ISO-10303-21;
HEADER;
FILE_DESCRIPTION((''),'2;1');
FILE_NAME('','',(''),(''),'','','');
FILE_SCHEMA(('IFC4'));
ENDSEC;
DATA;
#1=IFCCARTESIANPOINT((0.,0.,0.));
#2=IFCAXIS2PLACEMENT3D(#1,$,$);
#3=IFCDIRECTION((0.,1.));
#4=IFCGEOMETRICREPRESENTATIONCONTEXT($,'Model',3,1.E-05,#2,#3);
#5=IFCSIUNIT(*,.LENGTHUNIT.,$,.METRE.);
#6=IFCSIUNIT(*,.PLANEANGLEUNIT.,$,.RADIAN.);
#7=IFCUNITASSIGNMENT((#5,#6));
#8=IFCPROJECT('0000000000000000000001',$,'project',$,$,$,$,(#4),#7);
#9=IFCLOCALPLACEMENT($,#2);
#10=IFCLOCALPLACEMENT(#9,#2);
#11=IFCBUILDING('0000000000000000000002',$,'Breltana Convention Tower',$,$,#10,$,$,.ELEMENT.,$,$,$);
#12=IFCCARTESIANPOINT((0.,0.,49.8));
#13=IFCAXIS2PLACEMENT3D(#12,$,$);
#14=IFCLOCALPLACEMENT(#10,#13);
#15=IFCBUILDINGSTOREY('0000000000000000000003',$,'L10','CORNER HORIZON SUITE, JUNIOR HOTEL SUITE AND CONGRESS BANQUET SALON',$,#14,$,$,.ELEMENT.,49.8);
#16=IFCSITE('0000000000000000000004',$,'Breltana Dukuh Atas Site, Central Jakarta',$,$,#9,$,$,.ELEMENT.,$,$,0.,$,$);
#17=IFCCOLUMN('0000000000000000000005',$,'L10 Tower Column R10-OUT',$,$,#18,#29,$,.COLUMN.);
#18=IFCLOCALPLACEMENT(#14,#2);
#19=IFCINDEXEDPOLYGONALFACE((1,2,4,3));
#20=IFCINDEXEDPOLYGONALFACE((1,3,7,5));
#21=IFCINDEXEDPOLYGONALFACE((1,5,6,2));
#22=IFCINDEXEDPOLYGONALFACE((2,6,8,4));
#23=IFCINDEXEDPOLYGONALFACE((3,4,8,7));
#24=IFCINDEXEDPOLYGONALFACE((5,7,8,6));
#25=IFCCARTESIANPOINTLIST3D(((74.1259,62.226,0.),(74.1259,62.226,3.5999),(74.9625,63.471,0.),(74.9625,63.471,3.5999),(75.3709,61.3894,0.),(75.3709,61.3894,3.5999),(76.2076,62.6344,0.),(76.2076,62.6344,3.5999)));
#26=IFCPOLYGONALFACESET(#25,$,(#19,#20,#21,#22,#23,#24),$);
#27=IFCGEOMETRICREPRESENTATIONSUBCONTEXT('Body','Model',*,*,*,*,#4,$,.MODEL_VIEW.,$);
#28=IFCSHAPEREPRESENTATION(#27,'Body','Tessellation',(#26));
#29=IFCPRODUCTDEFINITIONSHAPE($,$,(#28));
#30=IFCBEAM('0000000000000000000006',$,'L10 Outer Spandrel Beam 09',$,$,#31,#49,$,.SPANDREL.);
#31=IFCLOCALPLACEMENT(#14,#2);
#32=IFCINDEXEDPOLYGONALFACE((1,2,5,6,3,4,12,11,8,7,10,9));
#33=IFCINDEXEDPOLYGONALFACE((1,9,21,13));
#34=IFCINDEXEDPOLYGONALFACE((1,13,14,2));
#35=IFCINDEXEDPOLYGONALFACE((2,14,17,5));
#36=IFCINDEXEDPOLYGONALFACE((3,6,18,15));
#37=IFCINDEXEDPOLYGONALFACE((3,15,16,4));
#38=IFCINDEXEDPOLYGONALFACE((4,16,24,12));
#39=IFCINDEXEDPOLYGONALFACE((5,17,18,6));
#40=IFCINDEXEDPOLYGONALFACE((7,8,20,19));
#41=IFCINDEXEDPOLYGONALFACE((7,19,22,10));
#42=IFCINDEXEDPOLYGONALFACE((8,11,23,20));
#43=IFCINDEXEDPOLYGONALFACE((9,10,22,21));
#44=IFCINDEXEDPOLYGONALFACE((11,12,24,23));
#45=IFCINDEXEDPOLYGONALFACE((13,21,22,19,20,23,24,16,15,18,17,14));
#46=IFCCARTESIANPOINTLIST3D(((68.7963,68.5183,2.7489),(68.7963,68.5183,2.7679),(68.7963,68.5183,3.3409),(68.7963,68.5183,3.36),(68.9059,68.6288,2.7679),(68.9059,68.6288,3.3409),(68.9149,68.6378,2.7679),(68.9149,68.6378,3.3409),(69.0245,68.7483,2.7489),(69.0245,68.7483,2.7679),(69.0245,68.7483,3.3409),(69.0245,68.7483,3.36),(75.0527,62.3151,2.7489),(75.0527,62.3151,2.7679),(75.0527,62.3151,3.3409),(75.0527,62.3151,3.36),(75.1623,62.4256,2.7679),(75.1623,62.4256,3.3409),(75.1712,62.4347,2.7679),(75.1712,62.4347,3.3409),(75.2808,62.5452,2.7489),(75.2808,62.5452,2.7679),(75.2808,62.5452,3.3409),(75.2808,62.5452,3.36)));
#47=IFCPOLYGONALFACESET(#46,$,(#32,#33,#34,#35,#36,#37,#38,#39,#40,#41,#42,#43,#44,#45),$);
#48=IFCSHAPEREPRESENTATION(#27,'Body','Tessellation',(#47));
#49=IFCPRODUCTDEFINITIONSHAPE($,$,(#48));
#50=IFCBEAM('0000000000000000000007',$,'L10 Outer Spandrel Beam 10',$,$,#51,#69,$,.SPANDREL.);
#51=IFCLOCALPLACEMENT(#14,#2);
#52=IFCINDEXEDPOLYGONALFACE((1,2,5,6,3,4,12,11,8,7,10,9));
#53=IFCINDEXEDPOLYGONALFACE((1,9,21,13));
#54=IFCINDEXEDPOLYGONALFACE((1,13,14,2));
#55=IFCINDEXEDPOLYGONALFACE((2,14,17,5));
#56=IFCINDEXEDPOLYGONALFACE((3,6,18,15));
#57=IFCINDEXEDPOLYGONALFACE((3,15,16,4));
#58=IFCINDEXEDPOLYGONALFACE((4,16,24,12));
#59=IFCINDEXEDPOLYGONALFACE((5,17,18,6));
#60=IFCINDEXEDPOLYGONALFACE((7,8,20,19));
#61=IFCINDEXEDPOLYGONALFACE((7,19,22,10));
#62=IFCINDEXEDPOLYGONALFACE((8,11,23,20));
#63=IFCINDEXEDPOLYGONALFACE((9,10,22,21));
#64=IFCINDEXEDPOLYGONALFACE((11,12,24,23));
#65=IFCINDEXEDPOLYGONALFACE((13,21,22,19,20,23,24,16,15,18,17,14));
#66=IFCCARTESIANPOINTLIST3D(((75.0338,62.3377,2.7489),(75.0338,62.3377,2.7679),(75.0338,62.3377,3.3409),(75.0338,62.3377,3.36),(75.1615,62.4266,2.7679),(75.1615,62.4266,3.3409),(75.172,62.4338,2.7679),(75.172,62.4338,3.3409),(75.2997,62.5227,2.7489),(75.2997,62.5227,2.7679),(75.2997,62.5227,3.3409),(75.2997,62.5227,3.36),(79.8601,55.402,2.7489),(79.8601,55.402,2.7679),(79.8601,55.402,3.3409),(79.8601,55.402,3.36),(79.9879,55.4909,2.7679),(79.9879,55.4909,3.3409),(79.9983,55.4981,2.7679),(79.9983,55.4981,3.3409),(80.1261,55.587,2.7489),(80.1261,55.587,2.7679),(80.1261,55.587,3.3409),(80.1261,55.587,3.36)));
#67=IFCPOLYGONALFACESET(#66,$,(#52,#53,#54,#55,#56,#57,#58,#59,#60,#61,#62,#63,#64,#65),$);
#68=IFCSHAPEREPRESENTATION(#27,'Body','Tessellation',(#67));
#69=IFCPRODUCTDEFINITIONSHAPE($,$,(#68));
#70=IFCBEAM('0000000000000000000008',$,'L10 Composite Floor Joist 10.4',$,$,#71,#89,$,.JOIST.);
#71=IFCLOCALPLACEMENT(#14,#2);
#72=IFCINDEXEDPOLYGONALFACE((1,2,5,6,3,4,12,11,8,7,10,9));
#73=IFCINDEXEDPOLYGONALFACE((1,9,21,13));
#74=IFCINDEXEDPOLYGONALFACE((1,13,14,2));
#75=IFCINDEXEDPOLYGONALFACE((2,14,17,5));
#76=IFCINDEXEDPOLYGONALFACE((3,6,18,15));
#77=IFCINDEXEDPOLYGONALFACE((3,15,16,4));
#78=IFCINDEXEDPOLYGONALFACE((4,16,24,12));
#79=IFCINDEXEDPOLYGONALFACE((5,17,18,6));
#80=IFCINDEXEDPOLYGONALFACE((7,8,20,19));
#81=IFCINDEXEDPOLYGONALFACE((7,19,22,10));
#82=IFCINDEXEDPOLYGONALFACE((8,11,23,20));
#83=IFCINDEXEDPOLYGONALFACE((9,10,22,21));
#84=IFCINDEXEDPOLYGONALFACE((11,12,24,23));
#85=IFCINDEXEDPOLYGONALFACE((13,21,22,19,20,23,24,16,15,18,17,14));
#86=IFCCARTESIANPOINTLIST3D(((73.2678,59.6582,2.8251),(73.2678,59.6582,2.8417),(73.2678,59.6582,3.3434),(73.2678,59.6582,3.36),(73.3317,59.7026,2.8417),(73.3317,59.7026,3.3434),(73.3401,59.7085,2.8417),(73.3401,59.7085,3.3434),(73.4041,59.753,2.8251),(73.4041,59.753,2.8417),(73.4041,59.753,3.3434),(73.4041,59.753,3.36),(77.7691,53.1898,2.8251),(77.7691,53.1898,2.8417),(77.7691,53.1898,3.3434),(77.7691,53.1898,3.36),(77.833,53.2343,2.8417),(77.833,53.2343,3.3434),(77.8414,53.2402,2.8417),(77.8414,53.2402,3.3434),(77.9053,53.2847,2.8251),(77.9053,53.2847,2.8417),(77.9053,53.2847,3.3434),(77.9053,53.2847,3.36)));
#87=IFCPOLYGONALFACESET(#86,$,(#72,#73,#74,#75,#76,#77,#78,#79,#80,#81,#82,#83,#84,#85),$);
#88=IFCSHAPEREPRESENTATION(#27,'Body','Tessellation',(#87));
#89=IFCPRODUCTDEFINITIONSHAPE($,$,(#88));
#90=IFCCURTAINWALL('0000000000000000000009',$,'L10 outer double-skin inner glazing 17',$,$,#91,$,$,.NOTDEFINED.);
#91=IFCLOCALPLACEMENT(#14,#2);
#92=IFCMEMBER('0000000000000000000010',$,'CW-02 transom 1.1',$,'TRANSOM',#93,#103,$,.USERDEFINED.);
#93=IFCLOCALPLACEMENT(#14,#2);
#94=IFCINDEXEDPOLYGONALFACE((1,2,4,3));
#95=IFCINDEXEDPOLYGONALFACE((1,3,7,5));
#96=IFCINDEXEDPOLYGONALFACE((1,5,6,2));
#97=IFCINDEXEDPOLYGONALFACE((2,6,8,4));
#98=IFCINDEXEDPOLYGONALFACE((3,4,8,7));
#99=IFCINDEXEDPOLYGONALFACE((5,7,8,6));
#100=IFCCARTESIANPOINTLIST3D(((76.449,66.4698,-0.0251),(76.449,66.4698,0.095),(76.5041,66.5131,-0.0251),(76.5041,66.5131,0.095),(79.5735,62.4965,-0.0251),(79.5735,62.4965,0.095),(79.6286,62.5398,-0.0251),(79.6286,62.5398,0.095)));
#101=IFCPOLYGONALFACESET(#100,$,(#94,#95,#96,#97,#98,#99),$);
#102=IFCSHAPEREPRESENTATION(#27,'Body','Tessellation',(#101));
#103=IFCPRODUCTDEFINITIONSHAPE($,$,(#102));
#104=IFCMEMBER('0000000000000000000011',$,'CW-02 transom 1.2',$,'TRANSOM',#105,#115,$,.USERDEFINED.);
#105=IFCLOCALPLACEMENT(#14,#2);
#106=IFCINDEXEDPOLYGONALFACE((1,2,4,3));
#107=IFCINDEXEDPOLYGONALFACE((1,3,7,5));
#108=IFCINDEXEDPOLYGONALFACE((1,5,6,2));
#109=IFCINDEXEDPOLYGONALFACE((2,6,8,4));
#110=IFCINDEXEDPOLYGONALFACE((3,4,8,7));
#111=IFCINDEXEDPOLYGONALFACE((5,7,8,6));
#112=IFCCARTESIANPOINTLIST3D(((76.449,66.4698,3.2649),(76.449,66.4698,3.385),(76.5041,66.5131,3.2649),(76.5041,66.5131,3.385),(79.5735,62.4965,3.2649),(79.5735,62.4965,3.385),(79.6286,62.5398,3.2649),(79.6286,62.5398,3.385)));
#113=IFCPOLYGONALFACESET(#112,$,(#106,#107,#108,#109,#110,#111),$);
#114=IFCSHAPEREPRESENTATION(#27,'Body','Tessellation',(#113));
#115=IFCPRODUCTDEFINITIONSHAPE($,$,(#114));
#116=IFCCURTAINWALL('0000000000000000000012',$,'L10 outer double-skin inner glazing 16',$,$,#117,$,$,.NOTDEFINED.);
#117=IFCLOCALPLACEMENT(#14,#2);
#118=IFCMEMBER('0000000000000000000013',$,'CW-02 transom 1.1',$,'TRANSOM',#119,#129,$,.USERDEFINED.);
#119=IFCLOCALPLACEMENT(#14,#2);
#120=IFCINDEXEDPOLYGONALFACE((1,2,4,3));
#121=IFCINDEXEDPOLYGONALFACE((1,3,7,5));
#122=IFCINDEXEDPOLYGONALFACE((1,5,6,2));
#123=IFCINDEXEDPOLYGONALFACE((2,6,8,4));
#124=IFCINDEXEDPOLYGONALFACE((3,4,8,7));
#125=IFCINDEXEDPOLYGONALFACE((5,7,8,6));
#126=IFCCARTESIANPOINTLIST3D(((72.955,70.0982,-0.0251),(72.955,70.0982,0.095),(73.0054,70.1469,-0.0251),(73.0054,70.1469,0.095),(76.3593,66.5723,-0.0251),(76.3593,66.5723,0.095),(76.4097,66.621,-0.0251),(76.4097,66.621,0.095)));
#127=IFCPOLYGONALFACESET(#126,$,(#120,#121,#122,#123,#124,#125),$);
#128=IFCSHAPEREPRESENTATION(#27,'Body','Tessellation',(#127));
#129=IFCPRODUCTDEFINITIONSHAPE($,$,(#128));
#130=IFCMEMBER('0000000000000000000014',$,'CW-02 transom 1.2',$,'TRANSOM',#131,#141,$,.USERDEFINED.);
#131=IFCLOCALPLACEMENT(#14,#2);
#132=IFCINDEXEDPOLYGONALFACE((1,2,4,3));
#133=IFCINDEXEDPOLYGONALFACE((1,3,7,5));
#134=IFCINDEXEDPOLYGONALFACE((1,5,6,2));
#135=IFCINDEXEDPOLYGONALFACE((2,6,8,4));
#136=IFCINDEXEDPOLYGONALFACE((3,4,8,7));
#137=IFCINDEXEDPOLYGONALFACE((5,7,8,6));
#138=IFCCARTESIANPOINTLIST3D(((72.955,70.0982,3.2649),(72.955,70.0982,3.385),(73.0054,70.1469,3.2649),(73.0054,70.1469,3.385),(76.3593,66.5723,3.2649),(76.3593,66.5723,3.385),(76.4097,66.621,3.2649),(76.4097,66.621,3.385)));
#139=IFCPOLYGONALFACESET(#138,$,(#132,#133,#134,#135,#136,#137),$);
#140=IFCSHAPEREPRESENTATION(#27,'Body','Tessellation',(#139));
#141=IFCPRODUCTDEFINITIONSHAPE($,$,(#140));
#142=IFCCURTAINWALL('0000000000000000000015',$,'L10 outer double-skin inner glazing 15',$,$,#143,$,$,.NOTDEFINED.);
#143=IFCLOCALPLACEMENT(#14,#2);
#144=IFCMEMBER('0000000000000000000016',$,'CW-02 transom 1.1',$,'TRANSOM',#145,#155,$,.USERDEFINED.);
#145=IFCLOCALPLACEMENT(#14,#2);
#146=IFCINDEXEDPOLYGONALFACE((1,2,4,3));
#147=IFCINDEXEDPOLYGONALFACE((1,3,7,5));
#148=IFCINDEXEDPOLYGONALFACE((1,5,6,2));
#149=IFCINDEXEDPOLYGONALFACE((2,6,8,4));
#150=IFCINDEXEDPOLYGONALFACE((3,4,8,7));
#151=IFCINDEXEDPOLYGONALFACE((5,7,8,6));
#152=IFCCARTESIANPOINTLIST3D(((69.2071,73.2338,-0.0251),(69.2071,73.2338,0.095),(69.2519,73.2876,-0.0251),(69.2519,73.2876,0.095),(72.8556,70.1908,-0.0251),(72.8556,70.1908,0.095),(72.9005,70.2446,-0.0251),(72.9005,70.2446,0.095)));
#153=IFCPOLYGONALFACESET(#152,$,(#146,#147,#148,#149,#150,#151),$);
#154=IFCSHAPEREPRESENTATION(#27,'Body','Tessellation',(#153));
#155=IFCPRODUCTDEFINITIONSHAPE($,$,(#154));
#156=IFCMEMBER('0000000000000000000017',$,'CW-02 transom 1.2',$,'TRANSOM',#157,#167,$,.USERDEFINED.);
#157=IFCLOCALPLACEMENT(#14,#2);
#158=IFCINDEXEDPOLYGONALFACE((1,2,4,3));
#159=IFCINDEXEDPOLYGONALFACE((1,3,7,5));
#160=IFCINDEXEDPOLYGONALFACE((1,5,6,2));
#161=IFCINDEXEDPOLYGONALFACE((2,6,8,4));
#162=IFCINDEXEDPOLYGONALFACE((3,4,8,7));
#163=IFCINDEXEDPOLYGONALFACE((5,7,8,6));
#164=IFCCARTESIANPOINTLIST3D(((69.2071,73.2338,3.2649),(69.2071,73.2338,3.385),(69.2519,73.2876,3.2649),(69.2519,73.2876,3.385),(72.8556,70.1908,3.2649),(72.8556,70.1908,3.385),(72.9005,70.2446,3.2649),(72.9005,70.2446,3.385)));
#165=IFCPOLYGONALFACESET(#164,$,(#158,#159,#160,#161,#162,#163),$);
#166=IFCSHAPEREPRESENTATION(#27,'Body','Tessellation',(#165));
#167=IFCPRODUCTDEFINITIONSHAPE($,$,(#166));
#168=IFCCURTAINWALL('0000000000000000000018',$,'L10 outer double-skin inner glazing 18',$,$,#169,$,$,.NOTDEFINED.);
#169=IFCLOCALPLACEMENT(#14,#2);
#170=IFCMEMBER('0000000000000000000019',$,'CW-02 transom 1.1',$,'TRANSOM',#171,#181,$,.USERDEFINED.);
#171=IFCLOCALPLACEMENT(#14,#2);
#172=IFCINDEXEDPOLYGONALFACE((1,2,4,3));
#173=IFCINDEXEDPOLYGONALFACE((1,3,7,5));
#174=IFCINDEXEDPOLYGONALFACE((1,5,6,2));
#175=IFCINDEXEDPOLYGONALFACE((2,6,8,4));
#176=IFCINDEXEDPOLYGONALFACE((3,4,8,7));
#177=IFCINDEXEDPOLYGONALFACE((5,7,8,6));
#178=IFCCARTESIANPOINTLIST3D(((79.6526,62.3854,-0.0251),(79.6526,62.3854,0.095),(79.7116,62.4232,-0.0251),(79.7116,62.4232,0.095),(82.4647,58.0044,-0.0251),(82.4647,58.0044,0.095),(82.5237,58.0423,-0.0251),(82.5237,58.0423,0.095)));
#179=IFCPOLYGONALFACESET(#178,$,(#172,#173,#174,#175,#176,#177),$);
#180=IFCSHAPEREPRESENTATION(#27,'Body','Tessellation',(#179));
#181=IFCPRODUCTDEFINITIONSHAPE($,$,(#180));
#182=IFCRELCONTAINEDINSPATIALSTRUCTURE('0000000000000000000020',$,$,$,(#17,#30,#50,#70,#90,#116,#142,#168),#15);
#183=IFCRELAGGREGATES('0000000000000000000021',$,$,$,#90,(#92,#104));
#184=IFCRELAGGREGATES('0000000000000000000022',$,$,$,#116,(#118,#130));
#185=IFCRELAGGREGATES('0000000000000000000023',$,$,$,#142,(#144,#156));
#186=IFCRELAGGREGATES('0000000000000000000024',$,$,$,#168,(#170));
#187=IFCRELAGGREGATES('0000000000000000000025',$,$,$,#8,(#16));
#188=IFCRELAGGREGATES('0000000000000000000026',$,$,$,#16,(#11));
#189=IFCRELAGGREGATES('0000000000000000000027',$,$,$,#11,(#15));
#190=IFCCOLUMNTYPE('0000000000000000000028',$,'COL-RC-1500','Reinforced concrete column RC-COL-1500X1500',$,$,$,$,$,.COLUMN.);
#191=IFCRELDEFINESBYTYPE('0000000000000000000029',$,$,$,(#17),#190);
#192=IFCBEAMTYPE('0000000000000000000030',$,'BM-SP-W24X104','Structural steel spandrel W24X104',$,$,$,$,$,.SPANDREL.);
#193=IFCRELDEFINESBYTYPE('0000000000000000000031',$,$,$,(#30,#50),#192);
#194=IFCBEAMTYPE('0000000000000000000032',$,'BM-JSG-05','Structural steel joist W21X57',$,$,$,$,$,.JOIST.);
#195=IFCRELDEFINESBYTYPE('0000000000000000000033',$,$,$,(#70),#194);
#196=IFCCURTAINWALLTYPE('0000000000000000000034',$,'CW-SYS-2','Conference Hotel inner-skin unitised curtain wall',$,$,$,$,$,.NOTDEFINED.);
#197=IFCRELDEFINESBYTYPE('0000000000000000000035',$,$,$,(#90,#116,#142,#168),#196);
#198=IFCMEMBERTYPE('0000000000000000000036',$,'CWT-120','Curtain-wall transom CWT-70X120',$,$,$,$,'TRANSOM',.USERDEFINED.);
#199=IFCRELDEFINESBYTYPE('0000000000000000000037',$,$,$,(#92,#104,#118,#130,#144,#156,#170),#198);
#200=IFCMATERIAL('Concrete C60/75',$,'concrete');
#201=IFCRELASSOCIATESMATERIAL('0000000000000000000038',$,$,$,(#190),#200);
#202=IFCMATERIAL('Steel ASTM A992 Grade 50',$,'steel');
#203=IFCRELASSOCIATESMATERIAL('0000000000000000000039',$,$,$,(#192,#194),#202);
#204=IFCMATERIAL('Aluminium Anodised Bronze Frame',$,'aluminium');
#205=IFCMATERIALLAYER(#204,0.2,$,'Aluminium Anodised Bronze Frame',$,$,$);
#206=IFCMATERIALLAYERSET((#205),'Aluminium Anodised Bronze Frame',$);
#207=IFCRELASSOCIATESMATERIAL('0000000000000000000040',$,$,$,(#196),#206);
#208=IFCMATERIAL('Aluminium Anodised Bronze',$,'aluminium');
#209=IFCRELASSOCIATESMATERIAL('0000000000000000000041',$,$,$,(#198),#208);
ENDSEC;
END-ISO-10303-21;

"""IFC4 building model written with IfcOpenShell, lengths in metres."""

from ifc_helpers import new_model, si_unit, direction, frame, origin, origin_2d, place, context, subcontext, project, spatial, rectangle, i_section, extrude, source, transform, mapped, material, layer, layer_set, material_profile, profile_set, type_object, element, aggregate, save


model = new_model("IFC4")

# Units and contexts
model_context = context("Model", 3, precision=1e-05, world=origin(), true_north=direction((0.0, 1.0)))
body_context = subcontext(model_context, "Body", "Model", "MODEL_VIEW")
ifc_project = project(units=[si_unit("LENGTHUNIT", "METRE"), si_unit("PLANEANGLEUNIT", "RADIAN")], contexts=[model_context])

# Site, building, storey
site_placement = place(None, origin())
site = spatial("IfcSite", under=ifc_project, at=site_placement, Name="Breltana Dukuh Atas Site, Central Jakarta", CompositionType="ELEMENT", RefElevation=0.0)
building_placement = place(site_placement, origin())
building = spatial("IfcBuilding", under=site, at=building_placement, Name="Breltana Convention Tower", CompositionType="ELEMENT")
storey_placement = place(building_placement, frame((0.0, 0.0, 49.8)))
storey = spatial("IfcBuildingStorey", under=building, at=storey_placement, Name="L10", Description="CORNER HORIZON SUITE, JUNIOR HOTEL SUITE AND CONGRESS BANQUET SALON", CompositionType="ELEMENT", Elevation=49.8)

# Column
ifc_material_1 = material(Name="Concrete C60/75", Category="concrete")
ifc_material_profile_1 = material_profile(ifc_material_1, rectangle(XDim=1.5, YDim=1.5, at=origin_2d()), Name="RC-COL-1500X1500")
ifc_profile_set_1 = profile_set([ifc_material_profile_1], Name="Concrete C60/75")
column_type = type_object("IfcColumnType", Name="COL-RC-1500", Description="Reinforced concrete column RC-COL-1500X1500", PredefinedType="COLUMN", material=ifc_profile_set_1)
shared_shape_1 = source(origin(), body_context, "Body", "SweptSolid", [
    extrude(rectangle(XDim=1.5, YDim=1.5, at=origin_2d()), origin(), (0.0, 0.0, 1.0), 3.5999),
])
column_placement = place(storey_placement, frame((75.1667, 62.4302, 0.0), z_axis=(0.0, 0.0, 1.0), x_axis=(0.557745, 0.830012, 0.0)))
element("IfcColumn", 1, at=column_placement, inside=storey, type_object=column_type, Name="L10 Tower Column R10-OUT", PredefinedType="COLUMN", context=body_context, shape_type="MappedRepresentation", body=[
    mapped(shared_shape_1, transform((0.0, 0.0, 0.0), scale=1.0)),
])

# Beams
ifc_material_2 = material(Name="Steel ASTM A992 Grade 50", Category="steel")
ifc_material_profile_2 = material_profile(ifc_material_2, i_section(OverallWidth=0.324, OverallDepth=0.6111, WebThickness=0.0127, FlangeThickness=0.019, at=origin_2d()), Name="W24X104")
ifc_profile_set_2 = profile_set([ifc_material_profile_2], Name="Steel ASTM A992 Grade 50")
beam_type_1 = type_object("IfcBeamType", Name="BM-SP-W24X104", Description="Structural steel spandrel W24X104", PredefinedType="SPANDREL", material=ifc_profile_set_2)
shared_shape_2 = source(origin(), body_context, "Body", "SweptSolid", [
    extrude(i_section(OverallWidth=0.324, OverallDepth=0.6111, WebThickness=0.0127, FlangeThickness=0.019, at=origin_2d()), origin(), (0.0, 0.0, 1.0), 8.8103),
])
beam_1_placement = place(storey_placement, frame((68.9104, 68.6333, 3.0544), z_axis=(0.710121, -0.70408, 0.0), x_axis=(0.70408, 0.710121, 0.0)))
element("IfcBeam", 2, at=beam_1_placement, inside=storey, type_object=beam_type_1, Name="L10 Outer Spandrel Beam 09", PredefinedType="SPANDREL", context=body_context, shape_type="MappedRepresentation", body=[
    mapped(shared_shape_2, transform((0.0, 0.0, 0.0), scale=1.0)),
])
shared_shape_3 = source(origin(), body_context, "Body", "SweptSolid", [
    extrude(i_section(OverallWidth=0.324, OverallDepth=0.6111, WebThickness=0.0127, FlangeThickness=0.019, at=origin_2d()), origin(), (0.0, 0.0, 1.0), 8.4497),
])
beam_2_placement = place(storey_placement, frame((75.1667, 62.4302, 3.0544), z_axis=(0.571186, -0.820821, 0.0), x_axis=(0.820821, 0.571186, 0.0)))
element("IfcBeam", 3, at=beam_2_placement, inside=storey, type_object=beam_type_1, Name="L10 Outer Spandrel Beam 10", PredefinedType="SPANDREL", context=body_context, shape_type="MappedRepresentation", body=[
    mapped(shared_shape_3, transform((0.0, 0.0, 0.0), scale=1.0)),
])
ifc_material_profile_3 = material_profile(ifc_material_2, i_section(OverallWidth=0.166, OverallDepth=0.5349, WebThickness=0.0103, FlangeThickness=0.0166, at=origin_2d()), Name="W21X57")
ifc_profile_set_3 = profile_set([ifc_material_profile_3], Name="Steel ASTM A992 Grade 50")
beam_type_2 = type_object("IfcBeamType", Name="BM-JSG-05", Description="Structural steel joist W21X57", PredefinedType="JOIST", material=ifc_profile_set_3)
shared_shape_4 = source(origin(), body_context, "Body", "SweptSolid", [
    extrude(i_section(OverallWidth=0.166, OverallDepth=0.5349, WebThickness=0.0103, FlangeThickness=0.0166, at=origin_2d()), origin(), (0.0, 0.0, 1.0), 7.8804),
])
beam_3_placement = place(storey_placement, frame((73.3359, 59.7056, 3.0925), z_axis=(0.571198, -0.820812, 0.0), x_axis=(0.820812, 0.571198, 0.0)))
element("IfcBeam", 4, at=beam_3_placement, inside=storey, type_object=beam_type_2, Name="L10 Composite Floor Joist 10.4", PredefinedType="JOIST", context=body_context, shape_type="MappedRepresentation", body=[
    mapped(shared_shape_4, transform((0.0, 0.0, 0.0), scale=1.0)),
])

# Curtain walls, members
ifc_material_3 = material(Name="Aluminium Anodised Bronze Frame", Category="aluminium")
ifc_layer_1 = layer(ifc_material_3, 0.2, Name="Aluminium Anodised Bronze Frame")
ifc_layer_set_1 = layer_set([ifc_layer_1], Name="Aluminium Anodised Bronze Frame")
curtain_wall_type = type_object("IfcCurtainWallType", Name="CW-SYS-2", Description="Conference Hotel inner-skin unitised curtain wall", PredefinedType="NOTDEFINED", material=ifc_layer_set_1)
curtain_wall_1_placement = place(storey_placement, origin())
curtain_wall_1 = element("IfcCurtainWall", 5, at=curtain_wall_1_placement, inside=storey, type_object=curtain_wall_type, Name="L10 outer double-skin inner glazing 17", PredefinedType="NOTDEFINED")
ifc_material_4 = material(Name="Aluminium Anodised Bronze", Category="aluminium")
ifc_material_profile_4 = material_profile(ifc_material_4, rectangle(XDim=0.0701, YDim=0.1201, at=origin_2d()), Name="CWT-70X120")
ifc_profile_set_4 = profile_set([ifc_material_profile_4], Name="Aluminium Anodised Bronze")
member_type_1 = type_object("IfcMemberType", Name="CWT-120", Description="Curtain-wall transom CWT-70X120", ElementType="TRANSOM", PredefinedType="USERDEFINED", material=ifc_profile_set_4)
shared_shape_5 = source(origin(), body_context, "Body", "SweptSolid", [
    extrude(rectangle(XDim=0.0701, YDim=0.1201, at=origin_2d()), origin(), (0.0, 0.0, 1.0), 5.0547),
])
member_1_placement = place(storey_placement, frame((76.4766, 66.4915, 0.0349), z_axis=(0.618135, -0.786072, 0.0), x_axis=(0.786072, 0.618135, 0.0)))
member_1 = element("IfcMember", 6, at=member_1_placement, type_object=member_type_1, Name="CW-02 transom 1.1", ObjectType="TRANSOM", PredefinedType="USERDEFINED", context=body_context, shape_type="MappedRepresentation", body=[
    mapped(shared_shape_5, transform((0.0, 0.0, 0.0), scale=1.0)),
])
member_2_placement = place(storey_placement, frame((76.4766, 66.4915, 3.325), z_axis=(0.618135, -0.786072, 0.0), x_axis=(0.786072, 0.618135, 0.0)))
member_2 = element("IfcMember", 7, at=member_2_placement, type_object=member_type_1, Name="CW-02 transom 1.2", ObjectType="TRANSOM", PredefinedType="USERDEFINED", context=body_context, shape_type="MappedRepresentation", body=[
    mapped(shared_shape_5, transform((0.0, 0.0, 0.0), scale=1.0)),
])
curtain_wall_2_placement = place(storey_placement, origin())
curtain_wall_2 = element("IfcCurtainWall", 8, at=curtain_wall_2_placement, inside=storey, type_object=curtain_wall_type, Name="L10 outer double-skin inner glazing 16", PredefinedType="NOTDEFINED")
shared_shape_6 = source(origin(), body_context, "Body", "SweptSolid", [
    extrude(rectangle(XDim=0.0701, YDim=0.1201, at=origin_2d()), origin(), (0.0, 0.0, 1.0), 4.9011),
])
member_3_placement = place(storey_placement, frame((72.9802, 70.1226, 0.0349), z_axis=(0.694595, -0.719401, 0.0), x_axis=(0.719401, 0.694595, 0.0)))
member_3 = element("IfcMember", 9, at=member_3_placement, type_object=member_type_1, Name="CW-02 transom 1.1", ObjectType="TRANSOM", PredefinedType="USERDEFINED", context=body_context, shape_type="MappedRepresentation", body=[
    mapped(shared_shape_6, transform((0.0, 0.0, 0.0), scale=1.0)),
])
member_4_placement = place(storey_placement, frame((72.9802, 70.1226, 3.325), z_axis=(0.694595, -0.719401, 0.0), x_axis=(0.719401, 0.694595, 0.0)))
member_4 = element("IfcMember", 10, at=member_4_placement, type_object=member_type_1, Name="CW-02 transom 1.2", ObjectType="TRANSOM", PredefinedType="USERDEFINED", context=body_context, shape_type="MappedRepresentation", body=[
    mapped(shared_shape_6, transform((0.0, 0.0, 0.0), scale=1.0)),
])
curtain_wall_3_placement = place(storey_placement, origin())
curtain_wall_3 = element("IfcCurtainWall", 11, at=curtain_wall_3_placement, inside=storey, type_object=curtain_wall_type, Name="L10 outer double-skin inner glazing 15", PredefinedType="NOTDEFINED")
shared_shape_7 = source(origin(), body_context, "Body", "SweptSolid", [
    extrude(rectangle(XDim=0.0701, YDim=0.1201, at=origin_2d()), origin(), (0.0, 0.0, 1.0), 4.751),
])
member_5_placement = place(storey_placement, frame((69.2295, 73.2607, 0.0349), z_axis=(0.767952, -0.640508, 0.0), x_axis=(0.640508, 0.767952, 0.0)))
member_5 = element("IfcMember", 12, at=member_5_placement, type_object=member_type_1, Name="CW-02 transom 1.1", ObjectType="TRANSOM", PredefinedType="USERDEFINED", context=body_context, shape_type="MappedRepresentation", body=[
    mapped(shared_shape_7, transform((0.0, 0.0, 0.0), scale=1.0)),
])
member_6_placement = place(storey_placement, frame((69.2295, 73.2607, 3.325), z_axis=(0.767952, -0.640508, 0.0), x_axis=(0.640508, 0.767952, 0.0)))
member_6 = element("IfcMember", 13, at=member_6_placement, type_object=member_type_1, Name="CW-02 transom 1.2", ObjectType="TRANSOM", PredefinedType="USERDEFINED", context=body_context, shape_type="MappedRepresentation", body=[
    mapped(shared_shape_7, transform((0.0, 0.0, 0.0), scale=1.0)),
])
curtain_wall_4_placement = place(storey_placement, origin())
curtain_wall_4 = element("IfcCurtainWall", 14, at=curtain_wall_4_placement, inside=storey, type_object=curtain_wall_type, Name="L10 outer double-skin inner glazing 18", PredefinedType="NOTDEFINED")
shared_shape_8 = source(origin(), body_context, "Body", "SweptSolid", [
    extrude(rectangle(XDim=0.0701, YDim=0.1201, at=origin_2d()), origin(), (0.0, 0.0, 1.0), 5.2058),
])
member_7_placement = place(storey_placement, frame((79.6821, 62.4043, 0.0349), z_axis=(0.540179, -0.84155, 0.0), x_axis=(0.84155, 0.540179, 0.0)))
member_7 = element("IfcMember", 15, at=member_7_placement, type_object=member_type_1, Name="CW-02 transom 1.1", ObjectType="TRANSOM", PredefinedType="USERDEFINED", context=body_context, shape_type="MappedRepresentation", body=[
    mapped(shared_shape_8, transform((0.0, 0.0, 0.0), scale=1.0)),
])

aggregate(curtain_wall_1, [member_1, member_2])
aggregate(curtain_wall_2, [member_3, member_4])
aggregate(curtain_wall_3, [member_5, member_6])
aggregate(curtain_wall_4, [member_7])

save(model, "model.ifc")
